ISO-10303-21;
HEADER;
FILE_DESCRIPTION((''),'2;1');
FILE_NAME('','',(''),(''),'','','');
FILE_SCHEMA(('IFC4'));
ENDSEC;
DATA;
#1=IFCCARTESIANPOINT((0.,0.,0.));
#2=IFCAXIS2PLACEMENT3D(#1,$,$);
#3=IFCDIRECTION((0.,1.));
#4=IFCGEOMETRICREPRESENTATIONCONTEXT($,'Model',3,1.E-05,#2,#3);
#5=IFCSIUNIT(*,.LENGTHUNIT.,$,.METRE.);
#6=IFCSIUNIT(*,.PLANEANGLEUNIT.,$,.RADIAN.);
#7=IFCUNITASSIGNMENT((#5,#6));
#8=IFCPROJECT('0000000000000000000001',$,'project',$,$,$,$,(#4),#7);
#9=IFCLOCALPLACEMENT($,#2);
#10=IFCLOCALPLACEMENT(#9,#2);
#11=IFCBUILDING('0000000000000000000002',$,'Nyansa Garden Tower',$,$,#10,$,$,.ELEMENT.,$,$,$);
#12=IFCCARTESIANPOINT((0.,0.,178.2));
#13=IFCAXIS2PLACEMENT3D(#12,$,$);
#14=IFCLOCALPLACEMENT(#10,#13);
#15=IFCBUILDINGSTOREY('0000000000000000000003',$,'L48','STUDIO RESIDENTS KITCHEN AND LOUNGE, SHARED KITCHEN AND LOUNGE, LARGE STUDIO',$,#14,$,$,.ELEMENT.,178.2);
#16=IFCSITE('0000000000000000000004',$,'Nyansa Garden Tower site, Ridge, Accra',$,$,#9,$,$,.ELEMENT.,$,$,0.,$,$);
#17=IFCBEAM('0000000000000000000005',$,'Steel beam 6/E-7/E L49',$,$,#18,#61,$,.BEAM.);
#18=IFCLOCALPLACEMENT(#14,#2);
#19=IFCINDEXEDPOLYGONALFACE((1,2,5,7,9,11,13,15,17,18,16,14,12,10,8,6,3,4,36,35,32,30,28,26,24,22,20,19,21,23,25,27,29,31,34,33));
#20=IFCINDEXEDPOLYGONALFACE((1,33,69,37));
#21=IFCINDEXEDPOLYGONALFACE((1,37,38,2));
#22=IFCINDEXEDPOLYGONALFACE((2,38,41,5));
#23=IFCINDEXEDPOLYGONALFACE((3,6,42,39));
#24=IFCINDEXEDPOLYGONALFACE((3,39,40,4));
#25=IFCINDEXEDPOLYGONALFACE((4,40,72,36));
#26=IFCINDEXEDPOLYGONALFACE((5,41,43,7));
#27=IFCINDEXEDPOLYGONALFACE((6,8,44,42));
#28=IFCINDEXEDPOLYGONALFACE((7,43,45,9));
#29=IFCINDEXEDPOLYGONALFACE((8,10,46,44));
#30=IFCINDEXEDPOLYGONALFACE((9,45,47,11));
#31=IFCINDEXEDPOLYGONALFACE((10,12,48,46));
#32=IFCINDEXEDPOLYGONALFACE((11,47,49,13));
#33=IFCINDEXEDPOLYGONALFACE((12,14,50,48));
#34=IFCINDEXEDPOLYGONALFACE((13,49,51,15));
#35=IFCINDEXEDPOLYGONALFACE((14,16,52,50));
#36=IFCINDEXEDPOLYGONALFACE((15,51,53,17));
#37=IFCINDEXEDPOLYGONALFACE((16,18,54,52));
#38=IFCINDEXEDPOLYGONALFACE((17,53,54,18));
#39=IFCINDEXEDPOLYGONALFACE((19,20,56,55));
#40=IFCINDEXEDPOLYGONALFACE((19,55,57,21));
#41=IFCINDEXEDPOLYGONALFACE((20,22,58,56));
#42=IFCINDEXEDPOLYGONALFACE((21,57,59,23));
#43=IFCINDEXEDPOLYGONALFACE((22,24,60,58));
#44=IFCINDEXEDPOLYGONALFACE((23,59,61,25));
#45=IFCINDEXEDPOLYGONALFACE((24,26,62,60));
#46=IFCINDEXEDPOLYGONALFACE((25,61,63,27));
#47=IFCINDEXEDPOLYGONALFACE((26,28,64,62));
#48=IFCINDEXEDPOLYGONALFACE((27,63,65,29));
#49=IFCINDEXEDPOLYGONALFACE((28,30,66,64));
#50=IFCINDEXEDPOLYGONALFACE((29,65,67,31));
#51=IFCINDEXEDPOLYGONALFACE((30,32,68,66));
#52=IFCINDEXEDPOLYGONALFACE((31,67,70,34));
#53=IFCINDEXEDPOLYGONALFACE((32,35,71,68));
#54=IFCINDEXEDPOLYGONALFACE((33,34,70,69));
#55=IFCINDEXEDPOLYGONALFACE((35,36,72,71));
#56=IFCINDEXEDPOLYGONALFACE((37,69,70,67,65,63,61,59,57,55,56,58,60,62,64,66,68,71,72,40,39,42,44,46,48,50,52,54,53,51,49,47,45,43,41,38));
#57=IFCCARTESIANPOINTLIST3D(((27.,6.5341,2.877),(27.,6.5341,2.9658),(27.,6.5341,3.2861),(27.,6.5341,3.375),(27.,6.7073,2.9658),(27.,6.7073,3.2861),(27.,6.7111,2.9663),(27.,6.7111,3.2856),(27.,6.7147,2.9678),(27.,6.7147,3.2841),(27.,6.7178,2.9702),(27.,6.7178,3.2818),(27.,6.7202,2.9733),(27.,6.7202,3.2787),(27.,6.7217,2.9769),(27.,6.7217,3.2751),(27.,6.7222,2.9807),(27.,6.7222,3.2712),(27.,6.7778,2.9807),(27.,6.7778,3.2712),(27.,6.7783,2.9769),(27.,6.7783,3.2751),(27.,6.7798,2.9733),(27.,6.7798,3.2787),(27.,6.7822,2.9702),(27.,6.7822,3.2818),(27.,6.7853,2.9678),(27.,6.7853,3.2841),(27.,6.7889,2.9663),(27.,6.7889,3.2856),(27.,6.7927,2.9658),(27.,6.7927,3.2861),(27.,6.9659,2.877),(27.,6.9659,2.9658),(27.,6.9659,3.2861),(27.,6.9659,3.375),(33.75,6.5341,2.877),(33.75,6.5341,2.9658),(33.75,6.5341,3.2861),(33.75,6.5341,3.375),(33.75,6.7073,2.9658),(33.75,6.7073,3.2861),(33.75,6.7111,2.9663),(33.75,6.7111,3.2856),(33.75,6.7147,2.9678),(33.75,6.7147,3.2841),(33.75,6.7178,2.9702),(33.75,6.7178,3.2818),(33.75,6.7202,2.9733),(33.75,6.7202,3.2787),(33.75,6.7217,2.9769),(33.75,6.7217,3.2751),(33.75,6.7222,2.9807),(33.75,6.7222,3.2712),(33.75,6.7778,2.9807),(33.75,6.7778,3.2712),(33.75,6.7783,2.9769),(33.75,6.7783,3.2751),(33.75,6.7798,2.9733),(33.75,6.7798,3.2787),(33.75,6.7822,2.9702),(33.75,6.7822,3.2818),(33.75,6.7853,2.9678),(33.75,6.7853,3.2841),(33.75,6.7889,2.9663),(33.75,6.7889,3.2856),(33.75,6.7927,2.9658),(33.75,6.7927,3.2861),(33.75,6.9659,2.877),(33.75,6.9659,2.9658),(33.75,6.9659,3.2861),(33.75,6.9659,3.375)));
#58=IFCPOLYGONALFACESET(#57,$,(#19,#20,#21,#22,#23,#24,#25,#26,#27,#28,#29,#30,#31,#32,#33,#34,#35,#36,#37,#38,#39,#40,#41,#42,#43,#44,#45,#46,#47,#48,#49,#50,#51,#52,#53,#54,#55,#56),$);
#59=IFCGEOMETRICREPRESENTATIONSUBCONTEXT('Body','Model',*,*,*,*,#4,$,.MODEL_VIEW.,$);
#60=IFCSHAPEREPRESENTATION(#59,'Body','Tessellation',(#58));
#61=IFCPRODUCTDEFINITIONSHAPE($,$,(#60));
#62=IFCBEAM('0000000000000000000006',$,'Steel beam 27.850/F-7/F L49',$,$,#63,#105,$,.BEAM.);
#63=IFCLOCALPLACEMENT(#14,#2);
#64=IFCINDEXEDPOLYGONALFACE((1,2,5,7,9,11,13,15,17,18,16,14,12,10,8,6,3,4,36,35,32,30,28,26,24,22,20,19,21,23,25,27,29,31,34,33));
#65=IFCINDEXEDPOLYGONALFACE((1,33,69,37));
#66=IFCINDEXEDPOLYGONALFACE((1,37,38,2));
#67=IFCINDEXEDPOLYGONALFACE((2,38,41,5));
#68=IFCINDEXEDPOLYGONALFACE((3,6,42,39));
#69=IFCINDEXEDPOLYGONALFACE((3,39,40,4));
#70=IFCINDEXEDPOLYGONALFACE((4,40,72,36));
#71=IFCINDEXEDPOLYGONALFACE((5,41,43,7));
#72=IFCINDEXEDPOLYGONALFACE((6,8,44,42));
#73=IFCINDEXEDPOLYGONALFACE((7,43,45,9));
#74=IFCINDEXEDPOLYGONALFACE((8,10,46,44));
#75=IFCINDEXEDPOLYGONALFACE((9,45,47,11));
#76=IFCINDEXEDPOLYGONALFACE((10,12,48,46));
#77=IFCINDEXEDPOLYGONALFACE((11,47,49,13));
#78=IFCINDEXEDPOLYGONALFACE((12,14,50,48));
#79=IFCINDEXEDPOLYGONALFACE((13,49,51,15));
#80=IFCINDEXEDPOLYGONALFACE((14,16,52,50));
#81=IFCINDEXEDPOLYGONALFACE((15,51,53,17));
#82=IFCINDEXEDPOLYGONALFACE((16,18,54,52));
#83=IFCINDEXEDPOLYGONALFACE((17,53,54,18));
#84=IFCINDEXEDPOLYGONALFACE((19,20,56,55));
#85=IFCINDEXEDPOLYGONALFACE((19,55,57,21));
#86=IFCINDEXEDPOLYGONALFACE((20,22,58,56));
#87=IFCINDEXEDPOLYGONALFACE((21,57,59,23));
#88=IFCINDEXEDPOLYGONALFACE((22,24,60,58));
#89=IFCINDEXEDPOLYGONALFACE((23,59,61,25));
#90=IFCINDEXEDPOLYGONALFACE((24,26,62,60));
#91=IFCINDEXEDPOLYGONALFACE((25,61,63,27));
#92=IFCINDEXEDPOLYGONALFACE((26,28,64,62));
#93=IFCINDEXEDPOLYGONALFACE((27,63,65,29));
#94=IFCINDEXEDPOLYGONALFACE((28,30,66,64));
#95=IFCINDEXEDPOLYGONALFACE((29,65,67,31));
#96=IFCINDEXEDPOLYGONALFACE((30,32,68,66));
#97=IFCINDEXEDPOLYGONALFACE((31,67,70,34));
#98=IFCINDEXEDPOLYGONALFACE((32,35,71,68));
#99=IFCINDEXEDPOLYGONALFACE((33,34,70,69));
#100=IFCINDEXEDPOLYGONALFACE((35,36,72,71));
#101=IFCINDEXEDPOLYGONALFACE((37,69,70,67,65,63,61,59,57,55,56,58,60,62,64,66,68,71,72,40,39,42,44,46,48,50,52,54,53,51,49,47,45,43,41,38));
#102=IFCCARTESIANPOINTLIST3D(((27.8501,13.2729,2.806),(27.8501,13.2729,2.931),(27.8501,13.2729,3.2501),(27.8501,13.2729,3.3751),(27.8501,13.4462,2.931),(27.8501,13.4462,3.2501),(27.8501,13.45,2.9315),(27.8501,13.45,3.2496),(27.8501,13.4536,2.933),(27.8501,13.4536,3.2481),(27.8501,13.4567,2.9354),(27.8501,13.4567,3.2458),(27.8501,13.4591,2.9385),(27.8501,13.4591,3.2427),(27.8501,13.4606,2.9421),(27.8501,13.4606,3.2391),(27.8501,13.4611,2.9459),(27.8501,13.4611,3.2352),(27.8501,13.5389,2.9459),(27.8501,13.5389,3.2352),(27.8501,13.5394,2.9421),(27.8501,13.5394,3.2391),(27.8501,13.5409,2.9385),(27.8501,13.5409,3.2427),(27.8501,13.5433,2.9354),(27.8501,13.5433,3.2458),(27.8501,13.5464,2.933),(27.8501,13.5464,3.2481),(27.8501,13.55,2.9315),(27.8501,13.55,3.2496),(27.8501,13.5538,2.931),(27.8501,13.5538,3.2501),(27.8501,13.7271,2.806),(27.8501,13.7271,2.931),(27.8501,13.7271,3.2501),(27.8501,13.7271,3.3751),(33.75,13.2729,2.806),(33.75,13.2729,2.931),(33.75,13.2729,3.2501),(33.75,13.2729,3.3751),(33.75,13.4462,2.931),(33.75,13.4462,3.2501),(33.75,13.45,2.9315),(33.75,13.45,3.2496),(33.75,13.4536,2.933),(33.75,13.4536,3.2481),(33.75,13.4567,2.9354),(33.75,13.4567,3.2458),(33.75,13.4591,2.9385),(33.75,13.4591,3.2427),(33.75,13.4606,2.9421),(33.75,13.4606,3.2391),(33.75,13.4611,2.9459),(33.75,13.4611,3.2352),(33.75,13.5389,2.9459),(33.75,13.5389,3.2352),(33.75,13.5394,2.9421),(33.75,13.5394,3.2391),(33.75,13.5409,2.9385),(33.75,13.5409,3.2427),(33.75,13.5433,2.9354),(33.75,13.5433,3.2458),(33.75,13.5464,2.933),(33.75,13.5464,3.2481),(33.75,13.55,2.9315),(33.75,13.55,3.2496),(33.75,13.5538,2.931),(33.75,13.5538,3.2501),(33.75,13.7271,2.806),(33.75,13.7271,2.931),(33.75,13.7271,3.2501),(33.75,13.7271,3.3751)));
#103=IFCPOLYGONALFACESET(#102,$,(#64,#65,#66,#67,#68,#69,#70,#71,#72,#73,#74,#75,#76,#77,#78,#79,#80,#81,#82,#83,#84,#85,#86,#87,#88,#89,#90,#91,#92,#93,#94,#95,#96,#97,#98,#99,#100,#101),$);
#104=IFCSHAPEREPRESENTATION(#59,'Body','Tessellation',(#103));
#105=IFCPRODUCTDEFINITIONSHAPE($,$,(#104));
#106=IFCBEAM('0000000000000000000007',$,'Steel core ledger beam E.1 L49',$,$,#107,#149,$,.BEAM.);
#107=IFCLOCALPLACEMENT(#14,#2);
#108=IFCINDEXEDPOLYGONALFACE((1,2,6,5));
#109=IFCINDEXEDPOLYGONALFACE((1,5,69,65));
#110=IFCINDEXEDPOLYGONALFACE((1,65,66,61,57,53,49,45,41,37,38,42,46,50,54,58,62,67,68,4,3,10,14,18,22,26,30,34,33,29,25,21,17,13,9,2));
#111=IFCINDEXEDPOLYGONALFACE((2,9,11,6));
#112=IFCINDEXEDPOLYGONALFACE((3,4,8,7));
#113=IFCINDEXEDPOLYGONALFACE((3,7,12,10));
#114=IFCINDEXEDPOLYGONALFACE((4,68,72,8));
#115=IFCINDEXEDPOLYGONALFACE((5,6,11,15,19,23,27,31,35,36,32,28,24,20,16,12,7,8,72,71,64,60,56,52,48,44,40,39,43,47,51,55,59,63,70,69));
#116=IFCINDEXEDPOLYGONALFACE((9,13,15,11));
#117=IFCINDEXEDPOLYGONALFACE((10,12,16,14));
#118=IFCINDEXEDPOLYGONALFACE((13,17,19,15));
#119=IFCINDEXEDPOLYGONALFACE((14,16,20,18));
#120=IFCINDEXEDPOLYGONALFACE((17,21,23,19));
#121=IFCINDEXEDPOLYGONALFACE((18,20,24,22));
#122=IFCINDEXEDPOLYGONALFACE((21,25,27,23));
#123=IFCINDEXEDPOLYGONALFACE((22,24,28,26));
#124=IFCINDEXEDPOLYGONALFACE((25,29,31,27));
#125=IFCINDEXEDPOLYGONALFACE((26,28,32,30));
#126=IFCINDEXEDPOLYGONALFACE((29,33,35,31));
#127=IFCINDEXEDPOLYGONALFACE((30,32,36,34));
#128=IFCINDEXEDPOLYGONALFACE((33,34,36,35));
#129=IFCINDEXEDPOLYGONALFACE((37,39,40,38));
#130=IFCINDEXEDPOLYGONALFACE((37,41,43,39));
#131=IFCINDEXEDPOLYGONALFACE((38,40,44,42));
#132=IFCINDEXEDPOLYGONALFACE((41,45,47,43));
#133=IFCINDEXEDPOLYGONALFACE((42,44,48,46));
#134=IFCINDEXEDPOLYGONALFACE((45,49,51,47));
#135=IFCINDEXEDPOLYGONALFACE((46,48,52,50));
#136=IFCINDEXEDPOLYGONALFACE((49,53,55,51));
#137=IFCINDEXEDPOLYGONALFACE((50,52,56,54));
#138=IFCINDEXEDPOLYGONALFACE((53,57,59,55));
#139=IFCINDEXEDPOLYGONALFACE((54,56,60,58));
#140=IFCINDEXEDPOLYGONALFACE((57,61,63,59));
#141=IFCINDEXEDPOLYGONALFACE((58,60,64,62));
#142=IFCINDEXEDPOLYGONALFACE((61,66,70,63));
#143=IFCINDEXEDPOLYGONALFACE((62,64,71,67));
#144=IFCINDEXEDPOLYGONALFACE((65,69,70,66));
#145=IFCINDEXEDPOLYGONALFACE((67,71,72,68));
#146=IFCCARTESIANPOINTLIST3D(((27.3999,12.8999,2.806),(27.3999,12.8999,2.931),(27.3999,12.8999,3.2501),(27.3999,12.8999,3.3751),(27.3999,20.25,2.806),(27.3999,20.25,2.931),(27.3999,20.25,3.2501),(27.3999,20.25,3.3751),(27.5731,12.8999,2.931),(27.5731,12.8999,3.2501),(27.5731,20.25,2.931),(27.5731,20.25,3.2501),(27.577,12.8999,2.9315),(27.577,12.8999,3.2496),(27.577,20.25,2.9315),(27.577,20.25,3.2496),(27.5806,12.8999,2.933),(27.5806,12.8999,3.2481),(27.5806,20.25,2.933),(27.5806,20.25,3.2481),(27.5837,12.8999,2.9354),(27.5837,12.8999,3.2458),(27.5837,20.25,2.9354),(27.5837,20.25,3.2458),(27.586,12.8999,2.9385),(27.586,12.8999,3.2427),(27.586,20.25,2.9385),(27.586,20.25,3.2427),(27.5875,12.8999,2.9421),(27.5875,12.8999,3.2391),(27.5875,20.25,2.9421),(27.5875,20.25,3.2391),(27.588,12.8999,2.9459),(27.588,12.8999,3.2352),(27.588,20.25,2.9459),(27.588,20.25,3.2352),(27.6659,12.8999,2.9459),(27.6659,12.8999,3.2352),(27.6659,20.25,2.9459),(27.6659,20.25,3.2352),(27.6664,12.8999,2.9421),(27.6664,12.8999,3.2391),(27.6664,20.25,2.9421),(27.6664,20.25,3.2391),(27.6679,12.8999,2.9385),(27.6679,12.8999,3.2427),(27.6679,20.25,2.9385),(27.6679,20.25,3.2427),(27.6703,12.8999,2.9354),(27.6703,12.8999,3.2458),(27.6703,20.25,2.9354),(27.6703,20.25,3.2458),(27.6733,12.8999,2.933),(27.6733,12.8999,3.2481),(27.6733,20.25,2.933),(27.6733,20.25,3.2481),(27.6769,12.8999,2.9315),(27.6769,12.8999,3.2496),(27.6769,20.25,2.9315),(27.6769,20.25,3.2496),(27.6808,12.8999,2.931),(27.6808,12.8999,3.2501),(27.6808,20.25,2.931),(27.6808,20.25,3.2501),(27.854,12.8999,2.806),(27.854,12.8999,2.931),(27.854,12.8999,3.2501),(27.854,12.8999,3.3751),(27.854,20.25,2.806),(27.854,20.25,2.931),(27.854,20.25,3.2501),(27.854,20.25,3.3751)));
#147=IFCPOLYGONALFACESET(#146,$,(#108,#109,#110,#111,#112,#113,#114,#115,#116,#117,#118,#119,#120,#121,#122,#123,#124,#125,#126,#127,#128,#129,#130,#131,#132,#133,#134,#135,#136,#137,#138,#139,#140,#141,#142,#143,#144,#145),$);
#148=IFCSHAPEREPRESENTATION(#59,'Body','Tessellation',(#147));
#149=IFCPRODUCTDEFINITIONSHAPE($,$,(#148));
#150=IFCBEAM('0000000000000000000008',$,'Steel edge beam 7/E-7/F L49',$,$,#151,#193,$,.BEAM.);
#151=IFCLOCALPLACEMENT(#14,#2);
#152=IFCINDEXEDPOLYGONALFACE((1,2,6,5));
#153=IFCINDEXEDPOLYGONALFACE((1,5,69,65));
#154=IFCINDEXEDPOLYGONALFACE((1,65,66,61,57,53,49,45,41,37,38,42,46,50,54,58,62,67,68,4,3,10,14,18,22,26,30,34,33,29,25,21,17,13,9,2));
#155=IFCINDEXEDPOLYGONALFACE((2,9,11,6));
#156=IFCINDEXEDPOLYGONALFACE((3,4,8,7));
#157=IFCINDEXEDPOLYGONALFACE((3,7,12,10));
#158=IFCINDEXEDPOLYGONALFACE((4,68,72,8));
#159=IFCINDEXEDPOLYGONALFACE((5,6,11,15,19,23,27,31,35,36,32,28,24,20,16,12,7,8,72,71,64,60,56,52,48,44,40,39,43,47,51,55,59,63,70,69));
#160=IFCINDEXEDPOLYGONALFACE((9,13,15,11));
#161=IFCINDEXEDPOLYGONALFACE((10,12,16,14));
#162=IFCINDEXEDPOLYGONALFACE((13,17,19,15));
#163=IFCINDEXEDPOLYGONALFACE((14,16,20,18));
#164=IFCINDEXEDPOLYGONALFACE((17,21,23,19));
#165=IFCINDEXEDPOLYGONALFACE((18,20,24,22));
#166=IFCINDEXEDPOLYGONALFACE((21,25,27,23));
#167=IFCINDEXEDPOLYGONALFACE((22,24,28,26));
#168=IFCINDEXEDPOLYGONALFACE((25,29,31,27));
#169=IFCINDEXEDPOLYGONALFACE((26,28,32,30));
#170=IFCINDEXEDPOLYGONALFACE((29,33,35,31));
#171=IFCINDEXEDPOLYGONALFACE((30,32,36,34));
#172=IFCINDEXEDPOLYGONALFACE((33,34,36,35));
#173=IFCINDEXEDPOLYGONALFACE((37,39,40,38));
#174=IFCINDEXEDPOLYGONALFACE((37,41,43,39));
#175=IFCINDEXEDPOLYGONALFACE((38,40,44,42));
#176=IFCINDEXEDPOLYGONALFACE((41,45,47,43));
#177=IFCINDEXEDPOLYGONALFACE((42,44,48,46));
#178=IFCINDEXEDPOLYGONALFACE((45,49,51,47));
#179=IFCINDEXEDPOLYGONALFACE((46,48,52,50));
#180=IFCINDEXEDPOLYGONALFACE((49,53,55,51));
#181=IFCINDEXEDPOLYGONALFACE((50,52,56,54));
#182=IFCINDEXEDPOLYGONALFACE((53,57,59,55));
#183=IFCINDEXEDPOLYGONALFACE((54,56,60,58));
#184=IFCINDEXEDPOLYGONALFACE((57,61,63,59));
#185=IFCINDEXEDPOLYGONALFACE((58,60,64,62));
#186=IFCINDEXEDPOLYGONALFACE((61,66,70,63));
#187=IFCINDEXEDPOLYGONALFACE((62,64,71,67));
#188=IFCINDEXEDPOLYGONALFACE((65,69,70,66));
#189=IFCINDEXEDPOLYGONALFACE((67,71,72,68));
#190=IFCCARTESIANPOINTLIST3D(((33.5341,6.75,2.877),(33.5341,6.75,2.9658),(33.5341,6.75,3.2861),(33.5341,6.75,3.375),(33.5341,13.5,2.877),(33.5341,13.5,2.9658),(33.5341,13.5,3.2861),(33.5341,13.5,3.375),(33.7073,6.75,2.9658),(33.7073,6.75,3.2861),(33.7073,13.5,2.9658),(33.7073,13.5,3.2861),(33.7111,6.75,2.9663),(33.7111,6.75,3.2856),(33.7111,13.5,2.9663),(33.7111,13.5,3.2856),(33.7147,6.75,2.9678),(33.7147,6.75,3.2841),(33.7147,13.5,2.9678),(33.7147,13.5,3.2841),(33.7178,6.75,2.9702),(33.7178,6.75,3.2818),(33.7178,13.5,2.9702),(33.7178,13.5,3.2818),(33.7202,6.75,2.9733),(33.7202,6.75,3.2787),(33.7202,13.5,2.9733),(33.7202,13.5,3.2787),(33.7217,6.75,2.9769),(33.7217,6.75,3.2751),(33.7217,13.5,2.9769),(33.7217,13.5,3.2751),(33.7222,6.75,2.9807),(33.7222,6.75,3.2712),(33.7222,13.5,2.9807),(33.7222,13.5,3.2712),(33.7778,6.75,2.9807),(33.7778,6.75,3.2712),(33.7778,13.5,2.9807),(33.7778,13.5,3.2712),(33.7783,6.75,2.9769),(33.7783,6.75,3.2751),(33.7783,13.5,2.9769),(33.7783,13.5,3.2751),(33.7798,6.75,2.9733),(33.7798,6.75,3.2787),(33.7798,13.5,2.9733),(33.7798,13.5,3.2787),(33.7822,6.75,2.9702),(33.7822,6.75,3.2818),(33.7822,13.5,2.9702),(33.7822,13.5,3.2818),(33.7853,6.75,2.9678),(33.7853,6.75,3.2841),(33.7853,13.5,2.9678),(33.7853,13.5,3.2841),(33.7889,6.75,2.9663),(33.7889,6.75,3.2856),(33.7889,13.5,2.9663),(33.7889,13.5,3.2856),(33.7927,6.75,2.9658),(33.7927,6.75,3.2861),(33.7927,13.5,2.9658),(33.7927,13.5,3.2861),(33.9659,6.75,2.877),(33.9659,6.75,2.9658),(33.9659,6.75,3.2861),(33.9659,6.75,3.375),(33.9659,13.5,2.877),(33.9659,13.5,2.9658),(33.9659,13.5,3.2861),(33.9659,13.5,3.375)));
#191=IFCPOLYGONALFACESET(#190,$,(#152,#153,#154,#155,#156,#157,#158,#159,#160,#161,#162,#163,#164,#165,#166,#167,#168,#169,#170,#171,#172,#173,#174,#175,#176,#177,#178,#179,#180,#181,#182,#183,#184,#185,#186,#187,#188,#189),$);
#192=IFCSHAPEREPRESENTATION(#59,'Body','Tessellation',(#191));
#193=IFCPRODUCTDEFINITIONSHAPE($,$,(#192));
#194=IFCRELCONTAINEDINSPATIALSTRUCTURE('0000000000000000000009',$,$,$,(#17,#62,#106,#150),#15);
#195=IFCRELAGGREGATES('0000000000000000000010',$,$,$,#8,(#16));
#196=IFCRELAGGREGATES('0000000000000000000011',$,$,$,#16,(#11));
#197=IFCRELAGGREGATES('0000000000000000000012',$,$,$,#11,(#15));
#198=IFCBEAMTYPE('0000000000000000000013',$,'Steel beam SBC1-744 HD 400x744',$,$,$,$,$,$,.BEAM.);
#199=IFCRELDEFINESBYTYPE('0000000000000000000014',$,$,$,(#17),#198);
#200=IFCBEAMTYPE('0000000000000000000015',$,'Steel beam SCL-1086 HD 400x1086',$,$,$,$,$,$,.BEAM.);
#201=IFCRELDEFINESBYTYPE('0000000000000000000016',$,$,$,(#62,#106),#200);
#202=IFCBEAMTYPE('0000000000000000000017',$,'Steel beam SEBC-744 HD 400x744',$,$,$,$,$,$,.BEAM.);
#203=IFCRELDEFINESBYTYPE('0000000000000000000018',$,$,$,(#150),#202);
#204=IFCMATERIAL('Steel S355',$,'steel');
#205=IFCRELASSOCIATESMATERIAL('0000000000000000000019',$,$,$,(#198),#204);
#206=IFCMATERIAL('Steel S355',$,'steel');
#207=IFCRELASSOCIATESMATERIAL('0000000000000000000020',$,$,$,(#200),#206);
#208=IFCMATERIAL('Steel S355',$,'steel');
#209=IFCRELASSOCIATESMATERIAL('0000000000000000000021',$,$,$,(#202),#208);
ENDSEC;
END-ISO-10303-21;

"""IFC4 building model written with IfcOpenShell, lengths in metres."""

from ifc_helpers import new_model, si_unit, direction, frame, origin, origin_2d, place, context, subcontext, project, spatial, i_section, extrude, material, material_profile, profile_set, type_object, element, save


model = new_model("IFC4")

# Units and contexts
model_context = context("Model", 3, precision=1e-05, world=origin(), true_north=direction((0.0, 1.0)))
body_context = subcontext(model_context, "Body", "Model", "MODEL_VIEW")
ifc_project = project(units=[si_unit("LENGTHUNIT", "METRE"), si_unit("PLANEANGLEUNIT", "RADIAN")], contexts=[model_context])

# Site, building, storey
site_placement = place(None, origin())
site = spatial("IfcSite", under=ifc_project, at=site_placement, Name="Nyansa Garden Tower site, Ridge, Accra", CompositionType="ELEMENT", RefElevation=0.0)
building_placement = place(site_placement, origin())
building = spatial("IfcBuilding", under=site, at=building_placement, Name="Nyansa Garden Tower", CompositionType="ELEMENT")
storey_placement = place(building_placement, frame((0.0, 0.0, 178.2)))
storey = spatial("IfcBuildingStorey", under=building, at=storey_placement, Name="L48", Description="STUDIO RESIDENTS KITCHEN AND LOUNGE, SHARED KITCHEN AND LOUNGE, LARGE STUDIO", CompositionType="ELEMENT", Elevation=178.2)

# Beams
ifc_material_1 = material(Name="Steel S355", Category="steel")
ifc_material_profile_1 = material_profile(ifc_material_1, i_section(OverallWidth=0.4319, OverallDepth=0.498, WebThickness=0.0557, FlangeThickness=0.0889, FilletRadius=0.0149, at=origin_2d()), Name="HD 400x744")
ifc_profile_set_1 = profile_set([ifc_material_profile_1], Name="Steel S355")
beam_type_1 = type_object("IfcBeamType", Name="Steel beam SBC1-744 HD 400x744", PredefinedType="BEAM", material=ifc_profile_set_1)
beam_1_placement = place(storey_placement, frame((27.0, 6.75, 3.126), z_axis=(1.0, 0.0, 0.0), x_axis=(0.0, 1.0, 0.0)))
element("IfcBeam", 1, at=beam_1_placement, inside=storey, type_object=beam_type_1, Name="Steel beam 6/E-7/E L49", PredefinedType="BEAM", context=body_context, shape_type="SweptSolid", body=[
    extrude(i_section(OverallWidth=0.4319, OverallDepth=0.498, WebThickness=0.0557, FlangeThickness=0.0889, FilletRadius=0.0149, at=origin_2d()), origin(), (0.0, 0.0, 1.0), 6.75),
])
ifc_material_2 = material(Name="Steel S355", Category="steel")
ifc_material_profile_2 = material_profile(ifc_material_2, i_section(OverallWidth=0.4541, OverallDepth=0.5691, WebThickness=0.0779, FlangeThickness=0.125, FilletRadius=0.0149, at=origin_2d()), Name="HD 400x1086")
ifc_profile_set_2 = profile_set([ifc_material_profile_2], Name="Steel S355")
beam_type_2 = type_object("IfcBeamType", Name="Steel beam SCL-1086 HD 400x1086", PredefinedType="BEAM", material=ifc_profile_set_2)
beam_2_placement = place(storey_placement, frame((27.8501, 13.5, 3.0906), z_axis=(1.0, 0.0, 0.0), x_axis=(0.0, 1.0, 0.0)))
element("IfcBeam", 2, at=beam_2_placement, inside=storey, type_object=beam_type_2, Name="Steel beam 27.850/F-7/F L49", PredefinedType="BEAM", context=body_context, shape_type="SweptSolid", body=[
    extrude(i_section(OverallWidth=0.4541, OverallDepth=0.5691, WebThickness=0.0779, FlangeThickness=0.125, FilletRadius=0.0149, at=origin_2d()), origin(), (0.0, 0.0, 1.0), 5.8999),
])
beam_3_placement = place(storey_placement, frame((27.627, 12.8999, 3.0906), z_axis=(0.0, 1.0, 0.0), x_axis=(-1.0, 0.0, 0.0)))
element("IfcBeam", 3, at=beam_3_placement, inside=storey, type_object=beam_type_2, Name="Steel core ledger beam E.1 L49", PredefinedType="BEAM", context=body_context, shape_type="SweptSolid", body=[
    extrude(i_section(OverallWidth=0.4541, OverallDepth=0.5691, WebThickness=0.0779, FlangeThickness=0.125, FilletRadius=0.0149, at=origin_2d()), origin(), (0.0, 0.0, 1.0), 7.3501),
])
ifc_material_3 = material(Name="Steel S355", Category="steel")
ifc_material_profile_3 = material_profile(ifc_material_3, i_section(OverallWidth=0.4319, OverallDepth=0.498, WebThickness=0.0557, FlangeThickness=0.0889, FilletRadius=0.0149, at=origin_2d()), Name="HD 400x744")
ifc_profile_set_3 = profile_set([ifc_material_profile_3], Name="Steel S355")
beam_type_3 = type_object("IfcBeamType", Name="Steel beam SEBC-744 HD 400x744", PredefinedType="BEAM", material=ifc_profile_set_3)
for number, where, z_axis, x_axis, name in (
    (4, (33.75, 6.75, 3.126), (0.0, 1.0, 0.0), (-1.0, 0.0, 0.0), "Steel edge beam 7/E-7/F L49"),
):
    element("IfcBeam", number, at=place(storey_placement, frame(where, z_axis=z_axis, x_axis=x_axis)), inside=storey, type_object=beam_type_3, Name=name, PredefinedType="BEAM", context=body_context, shape_type="SweptSolid", body=[
        extrude(i_section(OverallWidth=0.4319, OverallDepth=0.498, WebThickness=0.0557, FlangeThickness=0.0889, FilletRadius=0.0149, at=origin_2d()), origin(), (0.0, 0.0, 1.0), 6.75),
    ])

save(model, "model.ifc")
